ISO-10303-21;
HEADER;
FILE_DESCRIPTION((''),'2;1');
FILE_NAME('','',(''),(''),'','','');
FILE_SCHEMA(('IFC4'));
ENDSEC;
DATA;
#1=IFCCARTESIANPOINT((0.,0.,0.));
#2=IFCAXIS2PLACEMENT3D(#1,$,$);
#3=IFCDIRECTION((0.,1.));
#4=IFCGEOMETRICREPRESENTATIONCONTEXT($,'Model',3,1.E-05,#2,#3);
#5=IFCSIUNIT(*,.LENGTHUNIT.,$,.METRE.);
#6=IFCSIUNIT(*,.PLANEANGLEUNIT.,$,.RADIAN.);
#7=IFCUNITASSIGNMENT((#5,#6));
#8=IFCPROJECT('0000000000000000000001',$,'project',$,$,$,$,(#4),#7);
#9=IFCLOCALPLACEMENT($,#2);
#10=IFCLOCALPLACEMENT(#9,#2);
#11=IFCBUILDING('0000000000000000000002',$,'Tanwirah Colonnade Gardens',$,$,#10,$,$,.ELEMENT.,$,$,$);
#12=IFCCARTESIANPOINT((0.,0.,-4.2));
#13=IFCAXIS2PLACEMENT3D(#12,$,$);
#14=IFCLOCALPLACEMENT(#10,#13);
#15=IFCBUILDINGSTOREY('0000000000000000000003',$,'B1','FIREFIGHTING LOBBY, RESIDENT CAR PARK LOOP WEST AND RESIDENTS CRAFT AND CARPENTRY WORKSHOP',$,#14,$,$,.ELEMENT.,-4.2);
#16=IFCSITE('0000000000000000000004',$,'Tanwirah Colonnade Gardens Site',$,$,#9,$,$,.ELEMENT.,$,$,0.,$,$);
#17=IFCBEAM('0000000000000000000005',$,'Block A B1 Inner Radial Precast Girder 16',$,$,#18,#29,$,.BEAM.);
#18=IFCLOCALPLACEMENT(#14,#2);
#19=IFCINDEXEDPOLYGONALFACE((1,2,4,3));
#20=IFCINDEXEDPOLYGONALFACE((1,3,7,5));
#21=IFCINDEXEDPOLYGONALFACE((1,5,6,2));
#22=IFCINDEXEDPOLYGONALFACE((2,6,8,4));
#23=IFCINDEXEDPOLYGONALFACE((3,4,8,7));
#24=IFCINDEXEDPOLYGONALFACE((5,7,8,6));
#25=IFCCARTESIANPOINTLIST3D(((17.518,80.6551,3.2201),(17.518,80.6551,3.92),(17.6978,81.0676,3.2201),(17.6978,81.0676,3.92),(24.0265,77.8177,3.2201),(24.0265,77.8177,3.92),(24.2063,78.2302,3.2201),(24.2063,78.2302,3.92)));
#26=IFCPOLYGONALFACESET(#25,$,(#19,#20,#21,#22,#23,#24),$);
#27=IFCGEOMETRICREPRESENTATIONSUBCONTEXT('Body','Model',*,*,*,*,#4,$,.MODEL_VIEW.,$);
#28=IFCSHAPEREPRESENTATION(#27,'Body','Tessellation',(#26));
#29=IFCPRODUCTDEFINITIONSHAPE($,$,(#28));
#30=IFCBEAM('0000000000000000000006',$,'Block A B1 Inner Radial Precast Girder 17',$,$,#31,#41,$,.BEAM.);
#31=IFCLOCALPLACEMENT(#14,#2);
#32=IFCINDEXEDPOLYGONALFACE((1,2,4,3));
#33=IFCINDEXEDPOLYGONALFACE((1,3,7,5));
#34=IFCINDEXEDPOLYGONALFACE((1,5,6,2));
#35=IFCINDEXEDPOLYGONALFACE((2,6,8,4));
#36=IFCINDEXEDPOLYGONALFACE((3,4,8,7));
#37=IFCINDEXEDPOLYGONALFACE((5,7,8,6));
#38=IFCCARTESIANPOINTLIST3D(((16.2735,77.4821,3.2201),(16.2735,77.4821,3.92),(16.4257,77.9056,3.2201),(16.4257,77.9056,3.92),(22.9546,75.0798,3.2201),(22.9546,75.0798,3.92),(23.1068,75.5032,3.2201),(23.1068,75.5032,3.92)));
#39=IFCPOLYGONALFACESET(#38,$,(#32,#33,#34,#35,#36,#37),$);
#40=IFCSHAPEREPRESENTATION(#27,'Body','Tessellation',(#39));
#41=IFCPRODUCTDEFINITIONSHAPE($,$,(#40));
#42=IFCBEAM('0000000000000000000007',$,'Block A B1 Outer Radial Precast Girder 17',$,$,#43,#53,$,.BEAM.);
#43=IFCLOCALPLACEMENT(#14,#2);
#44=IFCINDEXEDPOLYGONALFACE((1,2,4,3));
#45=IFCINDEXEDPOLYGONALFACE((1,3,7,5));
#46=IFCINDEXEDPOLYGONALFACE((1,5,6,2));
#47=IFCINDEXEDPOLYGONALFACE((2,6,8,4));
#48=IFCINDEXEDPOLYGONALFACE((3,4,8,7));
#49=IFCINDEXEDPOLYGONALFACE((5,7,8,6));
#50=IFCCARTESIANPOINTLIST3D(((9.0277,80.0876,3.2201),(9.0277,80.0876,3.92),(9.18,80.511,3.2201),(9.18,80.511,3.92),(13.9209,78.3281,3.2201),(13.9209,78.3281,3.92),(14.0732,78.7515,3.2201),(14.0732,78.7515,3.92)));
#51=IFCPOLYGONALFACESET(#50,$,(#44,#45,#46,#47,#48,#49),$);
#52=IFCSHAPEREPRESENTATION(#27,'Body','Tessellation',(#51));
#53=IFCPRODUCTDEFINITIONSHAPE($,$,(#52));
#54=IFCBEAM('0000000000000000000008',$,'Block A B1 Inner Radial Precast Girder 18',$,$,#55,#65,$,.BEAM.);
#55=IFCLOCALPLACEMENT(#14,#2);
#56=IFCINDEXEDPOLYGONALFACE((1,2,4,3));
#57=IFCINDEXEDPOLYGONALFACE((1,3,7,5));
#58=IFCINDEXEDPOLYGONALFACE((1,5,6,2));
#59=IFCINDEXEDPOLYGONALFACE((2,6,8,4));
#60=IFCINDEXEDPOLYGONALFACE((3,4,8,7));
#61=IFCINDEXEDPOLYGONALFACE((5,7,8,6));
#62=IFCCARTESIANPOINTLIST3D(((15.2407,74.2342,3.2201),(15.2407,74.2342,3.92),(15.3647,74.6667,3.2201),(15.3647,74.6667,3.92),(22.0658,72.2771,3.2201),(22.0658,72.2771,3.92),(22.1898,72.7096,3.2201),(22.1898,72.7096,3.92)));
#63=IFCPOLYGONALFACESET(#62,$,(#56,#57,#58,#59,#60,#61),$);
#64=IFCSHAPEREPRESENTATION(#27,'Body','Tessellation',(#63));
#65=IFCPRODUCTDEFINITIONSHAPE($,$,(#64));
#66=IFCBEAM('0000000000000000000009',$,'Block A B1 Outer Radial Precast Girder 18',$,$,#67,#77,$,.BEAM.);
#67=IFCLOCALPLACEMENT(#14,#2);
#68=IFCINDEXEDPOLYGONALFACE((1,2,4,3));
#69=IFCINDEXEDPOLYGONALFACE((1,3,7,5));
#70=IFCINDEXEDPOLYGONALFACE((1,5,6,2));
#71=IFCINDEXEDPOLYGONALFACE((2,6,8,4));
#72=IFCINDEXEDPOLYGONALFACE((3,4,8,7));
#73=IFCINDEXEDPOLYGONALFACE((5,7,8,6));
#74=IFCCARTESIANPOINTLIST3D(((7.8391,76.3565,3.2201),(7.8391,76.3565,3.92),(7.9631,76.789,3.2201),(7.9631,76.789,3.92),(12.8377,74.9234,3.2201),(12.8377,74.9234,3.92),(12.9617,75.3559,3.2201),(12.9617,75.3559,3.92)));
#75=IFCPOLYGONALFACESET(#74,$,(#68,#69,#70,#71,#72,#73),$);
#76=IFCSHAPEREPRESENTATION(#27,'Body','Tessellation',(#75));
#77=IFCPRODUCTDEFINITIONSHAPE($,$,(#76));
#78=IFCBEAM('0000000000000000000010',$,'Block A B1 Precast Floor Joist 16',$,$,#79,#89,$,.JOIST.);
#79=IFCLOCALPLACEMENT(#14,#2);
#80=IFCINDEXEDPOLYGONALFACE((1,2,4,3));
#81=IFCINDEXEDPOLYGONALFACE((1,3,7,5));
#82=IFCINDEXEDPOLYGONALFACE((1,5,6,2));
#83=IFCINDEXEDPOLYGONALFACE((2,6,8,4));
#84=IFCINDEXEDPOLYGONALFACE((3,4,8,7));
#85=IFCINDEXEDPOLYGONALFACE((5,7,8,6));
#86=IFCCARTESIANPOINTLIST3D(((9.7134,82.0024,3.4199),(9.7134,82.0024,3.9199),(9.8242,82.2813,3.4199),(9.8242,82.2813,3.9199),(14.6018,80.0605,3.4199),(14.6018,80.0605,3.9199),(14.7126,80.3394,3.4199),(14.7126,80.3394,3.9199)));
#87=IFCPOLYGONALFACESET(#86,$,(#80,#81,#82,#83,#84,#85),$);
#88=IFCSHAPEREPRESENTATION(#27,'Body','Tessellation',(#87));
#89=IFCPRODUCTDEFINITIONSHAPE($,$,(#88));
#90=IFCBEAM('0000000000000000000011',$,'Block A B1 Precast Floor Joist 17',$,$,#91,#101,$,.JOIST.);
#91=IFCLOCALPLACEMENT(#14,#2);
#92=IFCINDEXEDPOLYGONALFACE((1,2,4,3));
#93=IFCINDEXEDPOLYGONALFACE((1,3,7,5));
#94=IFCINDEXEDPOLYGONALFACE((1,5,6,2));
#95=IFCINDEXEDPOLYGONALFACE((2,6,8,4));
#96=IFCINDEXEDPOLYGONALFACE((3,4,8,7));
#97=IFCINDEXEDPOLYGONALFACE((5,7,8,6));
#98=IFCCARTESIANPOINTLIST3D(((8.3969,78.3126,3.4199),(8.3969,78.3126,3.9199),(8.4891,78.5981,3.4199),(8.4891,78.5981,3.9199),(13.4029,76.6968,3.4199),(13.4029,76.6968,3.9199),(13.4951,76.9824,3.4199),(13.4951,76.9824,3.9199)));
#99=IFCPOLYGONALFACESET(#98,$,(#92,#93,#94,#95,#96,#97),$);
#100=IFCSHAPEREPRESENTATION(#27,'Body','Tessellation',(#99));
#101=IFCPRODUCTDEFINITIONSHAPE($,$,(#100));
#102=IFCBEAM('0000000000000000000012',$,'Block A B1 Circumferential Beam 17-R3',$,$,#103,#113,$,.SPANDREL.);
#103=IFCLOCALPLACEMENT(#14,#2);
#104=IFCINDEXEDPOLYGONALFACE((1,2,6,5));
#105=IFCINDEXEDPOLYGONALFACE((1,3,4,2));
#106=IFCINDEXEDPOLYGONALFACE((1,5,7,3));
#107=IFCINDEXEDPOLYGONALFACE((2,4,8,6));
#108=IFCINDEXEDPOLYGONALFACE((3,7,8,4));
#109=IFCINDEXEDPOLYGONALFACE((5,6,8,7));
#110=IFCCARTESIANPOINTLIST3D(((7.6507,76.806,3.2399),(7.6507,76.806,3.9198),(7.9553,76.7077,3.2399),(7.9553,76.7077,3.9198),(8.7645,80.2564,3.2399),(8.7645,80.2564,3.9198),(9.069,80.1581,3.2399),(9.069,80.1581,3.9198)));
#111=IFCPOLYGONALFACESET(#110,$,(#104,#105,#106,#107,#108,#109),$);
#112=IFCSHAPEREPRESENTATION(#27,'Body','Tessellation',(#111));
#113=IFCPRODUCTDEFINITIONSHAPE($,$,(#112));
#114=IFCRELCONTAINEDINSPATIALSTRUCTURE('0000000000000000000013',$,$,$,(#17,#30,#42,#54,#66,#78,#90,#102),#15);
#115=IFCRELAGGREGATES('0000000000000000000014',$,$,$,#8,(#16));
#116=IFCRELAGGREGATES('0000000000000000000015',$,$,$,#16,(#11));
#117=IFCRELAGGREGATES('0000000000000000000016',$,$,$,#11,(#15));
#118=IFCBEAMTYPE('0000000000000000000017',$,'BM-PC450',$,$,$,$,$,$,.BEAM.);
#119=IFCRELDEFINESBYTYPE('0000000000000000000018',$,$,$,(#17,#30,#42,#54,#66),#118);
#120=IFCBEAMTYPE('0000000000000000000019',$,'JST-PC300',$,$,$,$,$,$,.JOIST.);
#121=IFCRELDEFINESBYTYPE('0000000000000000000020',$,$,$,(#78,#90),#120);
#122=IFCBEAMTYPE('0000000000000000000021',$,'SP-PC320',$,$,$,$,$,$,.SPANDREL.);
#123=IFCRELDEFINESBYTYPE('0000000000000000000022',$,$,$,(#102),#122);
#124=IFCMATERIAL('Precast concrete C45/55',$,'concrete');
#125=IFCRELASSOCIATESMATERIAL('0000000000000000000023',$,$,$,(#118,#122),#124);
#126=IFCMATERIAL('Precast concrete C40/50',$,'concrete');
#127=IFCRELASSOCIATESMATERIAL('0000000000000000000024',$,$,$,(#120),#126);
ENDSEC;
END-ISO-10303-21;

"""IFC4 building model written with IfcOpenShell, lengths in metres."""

from ifc_helpers import new_model, si_unit, direction, frame, origin, origin_2d, place, context, subcontext, project, spatial, rectangle, extrude, material, material_profile, profile_set, type_object, element, save


model = new_model("IFC4")

# Units and contexts
model_context = context("Model", 3, precision=1e-05, world=origin(), true_north=direction((0.0, 1.0)))
body_context = subcontext(model_context, "Body", "Model", "MODEL_VIEW")
ifc_project = project(units=[si_unit("LENGTHUNIT", "METRE"), si_unit("PLANEANGLEUNIT", "RADIAN")], contexts=[model_context])

# Site, building, storey
site_placement = place(None, origin())
site = spatial("IfcSite", under=ifc_project, at=site_placement, Name="Tanwirah Colonnade Gardens Site", CompositionType="ELEMENT", RefElevation=0.0)
building_placement = place(site_placement, origin())
building = spatial("IfcBuilding", under=site, at=building_placement, Name="Tanwirah Colonnade Gardens", CompositionType="ELEMENT")
storey_placement = place(building_placement, frame((0.0, 0.0, -4.2)))
storey = spatial("IfcBuildingStorey", under=building, at=storey_placement, Name="B1", Description="FIREFIGHTING LOBBY, RESIDENT CAR PARK LOOP WEST AND RESIDENTS CRAFT AND CARPENTRY WORKSHOP", CompositionType="ELEMENT", Elevation=-4.2)

# Beams
ifc_material_1 = material(Name="Precast concrete C40/50", Category="concrete")
ifc_material_2 = material(Name="Precast concrete C45/55", Category="concrete")
ifc_material_profile_1 = material_profile(ifc_material_2, rectangle(XDim=0.45, YDim=0.7, at=origin_2d()), Name="PC-BM 450x700")
ifc_profile_set_1 = profile_set([ifc_material_profile_1], Name="Precast concrete C45/55")
beam_type_1 = type_object("IfcBeamType", Name="BM-PC450", PredefinedType="BEAM", material=ifc_profile_set_1)
beam_1_placement = place(storey_placement, frame((17.6079, 80.8613, 3.5701), z_axis=(0.916678, -0.399626, 0.0), x_axis=(0.399626, 0.916678, 0.0)))
element("IfcBeam", 1, at=beam_1_placement, inside=storey, type_object=beam_type_1, Name="Block A B1 Inner Radial Precast Girder 16", PredefinedType="BEAM", context=body_context, shape_type="SweptSolid", body=[
    extrude(rectangle(XDim=0.45, YDim=0.7, at=origin_2d()), origin(), (0.0, 0.0, 1.0), 7.1001),
])
beam_2_placement = place(storey_placement, frame((16.3496, 77.6938, 3.5701), z_axis=(0.941016, -0.338361, 0.0), x_axis=(0.338361, 0.941016, 0.0)))
element("IfcBeam", 2, at=beam_2_placement, inside=storey, type_object=beam_type_1, Name="Block A B1 Inner Radial Precast Girder 17", PredefinedType="BEAM", context=body_context, shape_type="SweptSolid", body=[
    extrude(rectangle(XDim=0.45, YDim=0.7, at=origin_2d()), origin(), (0.0, 0.0, 1.0), 7.0999),
])
beam_3_placement = place(storey_placement, frame((13.9971, 78.5398, 3.5701), z_axis=(-0.941014, 0.338367, 0.0), x_axis=(-0.338367, -0.941014, 0.0)))
element("IfcBeam", 3, at=beam_3_placement, inside=storey, type_object=beam_type_1, Name="Block A B1 Outer Radial Precast Girder 17", PredefinedType="BEAM", context=body_context, shape_type="SweptSolid", body=[
    extrude(rectangle(XDim=0.45, YDim=0.7, at=origin_2d()), origin(), (0.0, 0.0, 1.0), 5.2),
])
beam_4_placement = place(storey_placement, frame((15.3027, 74.4504, 3.5701), z_axis=(0.961261, -0.275638, 0.0), x_axis=(0.275638, 0.961261, 0.0)))
element("IfcBeam", 4, at=beam_4_placement, inside=storey, type_object=beam_type_1, Name="Block A B1 Inner Radial Precast Girder 18", PredefinedType="BEAM", context=body_context, shape_type="SweptSolid", body=[
    extrude(rectangle(XDim=0.45, YDim=0.7, at=origin_2d()), origin(), (0.0, 0.0, 1.0), 7.1001),
])
beam_5_placement = place(storey_placement, frame((12.8997, 75.1396, 3.5701), z_axis=(-0.961272, 0.275602, 0.0), x_axis=(-0.275602, -0.961272, 0.0)))
element("IfcBeam", 5, at=beam_5_placement, inside=storey, type_object=beam_type_1, Name="Block A B1 Outer Radial Precast Girder 18", PredefinedType="BEAM", context=body_context, shape_type="SweptSolid", body=[
    extrude(rectangle(XDim=0.45, YDim=0.7, at=origin_2d()), origin(), (0.0, 0.0, 1.0), 5.2),
])
ifc_material_profile_2 = material_profile(ifc_material_1, rectangle(XDim=0.3, YDim=0.5, at=origin_2d()), Name="PC-JST 300x500")
ifc_profile_set_2 = profile_set([ifc_material_profile_2], Name="Precast concrete C40/50")
beam_type_2 = type_object("IfcBeamType", Name="JST-PC300", PredefinedType="JOIST", material=ifc_profile_set_2)
beam_6_placement = place(storey_placement, frame((14.6572, 80.2, 3.6699), z_axis=(-0.929358, 0.369181, 0.0), x_axis=(-0.369181, -0.929358, 0.0)))
element("IfcBeam", 6, at=beam_6_placement, inside=storey, type_object=beam_type_2, Name="Block A B1 Precast Floor Joist 16", PredefinedType="JOIST", context=body_context, shape_type="SweptSolid", body=[
    extrude(rectangle(XDim=0.3, YDim=0.5, at=origin_2d()), origin(), (0.0, 0.0, 1.0), 5.26),
])
beam_7_placement = place(storey_placement, frame((13.449, 76.8396, 3.6699), z_axis=(-0.951657, 0.307163, 0.0), x_axis=(-0.307163, -0.951657, 0.0)))
element("IfcBeam", 7, at=beam_7_placement, inside=storey, type_object=beam_type_2, Name="Block A B1 Precast Floor Joist 17", PredefinedType="JOIST", context=body_context, shape_type="SweptSolid", body=[
    extrude(rectangle(XDim=0.3, YDim=0.5, at=origin_2d()), origin(), (0.0, 0.0, 1.0), 5.2603),
])
ifc_material_profile_3 = material_profile(ifc_material_2, rectangle(XDim=0.3201, YDim=0.6799, at=origin_2d()), Name="PC-SP 320x680")
ifc_profile_set_3 = profile_set([ifc_material_profile_3], Name="Precast concrete C45/55")
beam_type_3 = type_object("IfcBeamType", Name="SP-PC320", PredefinedType="SPANDREL", material=ifc_profile_set_3)
beam_8_placement = place(storey_placement, frame((8.9167, 80.2073, 3.5798), z_axis=(-0.307184, -0.95165, 0.0), x_axis=(0.95165, -0.307184, 0.0)))
element("IfcBeam", 8, at=beam_8_placement, inside=storey, type_object=beam_type_3, Name="Block A B1 Circumferential Beam 17-R3", PredefinedType="SPANDREL", context=body_context, shape_type="SweptSolid", body=[
    extrude(rectangle(XDim=0.3201, YDim=0.6799, at=origin_2d()), origin(), (0.0, 0.0, 1.0), 3.6257),
])

save(model, "model.ifc")
